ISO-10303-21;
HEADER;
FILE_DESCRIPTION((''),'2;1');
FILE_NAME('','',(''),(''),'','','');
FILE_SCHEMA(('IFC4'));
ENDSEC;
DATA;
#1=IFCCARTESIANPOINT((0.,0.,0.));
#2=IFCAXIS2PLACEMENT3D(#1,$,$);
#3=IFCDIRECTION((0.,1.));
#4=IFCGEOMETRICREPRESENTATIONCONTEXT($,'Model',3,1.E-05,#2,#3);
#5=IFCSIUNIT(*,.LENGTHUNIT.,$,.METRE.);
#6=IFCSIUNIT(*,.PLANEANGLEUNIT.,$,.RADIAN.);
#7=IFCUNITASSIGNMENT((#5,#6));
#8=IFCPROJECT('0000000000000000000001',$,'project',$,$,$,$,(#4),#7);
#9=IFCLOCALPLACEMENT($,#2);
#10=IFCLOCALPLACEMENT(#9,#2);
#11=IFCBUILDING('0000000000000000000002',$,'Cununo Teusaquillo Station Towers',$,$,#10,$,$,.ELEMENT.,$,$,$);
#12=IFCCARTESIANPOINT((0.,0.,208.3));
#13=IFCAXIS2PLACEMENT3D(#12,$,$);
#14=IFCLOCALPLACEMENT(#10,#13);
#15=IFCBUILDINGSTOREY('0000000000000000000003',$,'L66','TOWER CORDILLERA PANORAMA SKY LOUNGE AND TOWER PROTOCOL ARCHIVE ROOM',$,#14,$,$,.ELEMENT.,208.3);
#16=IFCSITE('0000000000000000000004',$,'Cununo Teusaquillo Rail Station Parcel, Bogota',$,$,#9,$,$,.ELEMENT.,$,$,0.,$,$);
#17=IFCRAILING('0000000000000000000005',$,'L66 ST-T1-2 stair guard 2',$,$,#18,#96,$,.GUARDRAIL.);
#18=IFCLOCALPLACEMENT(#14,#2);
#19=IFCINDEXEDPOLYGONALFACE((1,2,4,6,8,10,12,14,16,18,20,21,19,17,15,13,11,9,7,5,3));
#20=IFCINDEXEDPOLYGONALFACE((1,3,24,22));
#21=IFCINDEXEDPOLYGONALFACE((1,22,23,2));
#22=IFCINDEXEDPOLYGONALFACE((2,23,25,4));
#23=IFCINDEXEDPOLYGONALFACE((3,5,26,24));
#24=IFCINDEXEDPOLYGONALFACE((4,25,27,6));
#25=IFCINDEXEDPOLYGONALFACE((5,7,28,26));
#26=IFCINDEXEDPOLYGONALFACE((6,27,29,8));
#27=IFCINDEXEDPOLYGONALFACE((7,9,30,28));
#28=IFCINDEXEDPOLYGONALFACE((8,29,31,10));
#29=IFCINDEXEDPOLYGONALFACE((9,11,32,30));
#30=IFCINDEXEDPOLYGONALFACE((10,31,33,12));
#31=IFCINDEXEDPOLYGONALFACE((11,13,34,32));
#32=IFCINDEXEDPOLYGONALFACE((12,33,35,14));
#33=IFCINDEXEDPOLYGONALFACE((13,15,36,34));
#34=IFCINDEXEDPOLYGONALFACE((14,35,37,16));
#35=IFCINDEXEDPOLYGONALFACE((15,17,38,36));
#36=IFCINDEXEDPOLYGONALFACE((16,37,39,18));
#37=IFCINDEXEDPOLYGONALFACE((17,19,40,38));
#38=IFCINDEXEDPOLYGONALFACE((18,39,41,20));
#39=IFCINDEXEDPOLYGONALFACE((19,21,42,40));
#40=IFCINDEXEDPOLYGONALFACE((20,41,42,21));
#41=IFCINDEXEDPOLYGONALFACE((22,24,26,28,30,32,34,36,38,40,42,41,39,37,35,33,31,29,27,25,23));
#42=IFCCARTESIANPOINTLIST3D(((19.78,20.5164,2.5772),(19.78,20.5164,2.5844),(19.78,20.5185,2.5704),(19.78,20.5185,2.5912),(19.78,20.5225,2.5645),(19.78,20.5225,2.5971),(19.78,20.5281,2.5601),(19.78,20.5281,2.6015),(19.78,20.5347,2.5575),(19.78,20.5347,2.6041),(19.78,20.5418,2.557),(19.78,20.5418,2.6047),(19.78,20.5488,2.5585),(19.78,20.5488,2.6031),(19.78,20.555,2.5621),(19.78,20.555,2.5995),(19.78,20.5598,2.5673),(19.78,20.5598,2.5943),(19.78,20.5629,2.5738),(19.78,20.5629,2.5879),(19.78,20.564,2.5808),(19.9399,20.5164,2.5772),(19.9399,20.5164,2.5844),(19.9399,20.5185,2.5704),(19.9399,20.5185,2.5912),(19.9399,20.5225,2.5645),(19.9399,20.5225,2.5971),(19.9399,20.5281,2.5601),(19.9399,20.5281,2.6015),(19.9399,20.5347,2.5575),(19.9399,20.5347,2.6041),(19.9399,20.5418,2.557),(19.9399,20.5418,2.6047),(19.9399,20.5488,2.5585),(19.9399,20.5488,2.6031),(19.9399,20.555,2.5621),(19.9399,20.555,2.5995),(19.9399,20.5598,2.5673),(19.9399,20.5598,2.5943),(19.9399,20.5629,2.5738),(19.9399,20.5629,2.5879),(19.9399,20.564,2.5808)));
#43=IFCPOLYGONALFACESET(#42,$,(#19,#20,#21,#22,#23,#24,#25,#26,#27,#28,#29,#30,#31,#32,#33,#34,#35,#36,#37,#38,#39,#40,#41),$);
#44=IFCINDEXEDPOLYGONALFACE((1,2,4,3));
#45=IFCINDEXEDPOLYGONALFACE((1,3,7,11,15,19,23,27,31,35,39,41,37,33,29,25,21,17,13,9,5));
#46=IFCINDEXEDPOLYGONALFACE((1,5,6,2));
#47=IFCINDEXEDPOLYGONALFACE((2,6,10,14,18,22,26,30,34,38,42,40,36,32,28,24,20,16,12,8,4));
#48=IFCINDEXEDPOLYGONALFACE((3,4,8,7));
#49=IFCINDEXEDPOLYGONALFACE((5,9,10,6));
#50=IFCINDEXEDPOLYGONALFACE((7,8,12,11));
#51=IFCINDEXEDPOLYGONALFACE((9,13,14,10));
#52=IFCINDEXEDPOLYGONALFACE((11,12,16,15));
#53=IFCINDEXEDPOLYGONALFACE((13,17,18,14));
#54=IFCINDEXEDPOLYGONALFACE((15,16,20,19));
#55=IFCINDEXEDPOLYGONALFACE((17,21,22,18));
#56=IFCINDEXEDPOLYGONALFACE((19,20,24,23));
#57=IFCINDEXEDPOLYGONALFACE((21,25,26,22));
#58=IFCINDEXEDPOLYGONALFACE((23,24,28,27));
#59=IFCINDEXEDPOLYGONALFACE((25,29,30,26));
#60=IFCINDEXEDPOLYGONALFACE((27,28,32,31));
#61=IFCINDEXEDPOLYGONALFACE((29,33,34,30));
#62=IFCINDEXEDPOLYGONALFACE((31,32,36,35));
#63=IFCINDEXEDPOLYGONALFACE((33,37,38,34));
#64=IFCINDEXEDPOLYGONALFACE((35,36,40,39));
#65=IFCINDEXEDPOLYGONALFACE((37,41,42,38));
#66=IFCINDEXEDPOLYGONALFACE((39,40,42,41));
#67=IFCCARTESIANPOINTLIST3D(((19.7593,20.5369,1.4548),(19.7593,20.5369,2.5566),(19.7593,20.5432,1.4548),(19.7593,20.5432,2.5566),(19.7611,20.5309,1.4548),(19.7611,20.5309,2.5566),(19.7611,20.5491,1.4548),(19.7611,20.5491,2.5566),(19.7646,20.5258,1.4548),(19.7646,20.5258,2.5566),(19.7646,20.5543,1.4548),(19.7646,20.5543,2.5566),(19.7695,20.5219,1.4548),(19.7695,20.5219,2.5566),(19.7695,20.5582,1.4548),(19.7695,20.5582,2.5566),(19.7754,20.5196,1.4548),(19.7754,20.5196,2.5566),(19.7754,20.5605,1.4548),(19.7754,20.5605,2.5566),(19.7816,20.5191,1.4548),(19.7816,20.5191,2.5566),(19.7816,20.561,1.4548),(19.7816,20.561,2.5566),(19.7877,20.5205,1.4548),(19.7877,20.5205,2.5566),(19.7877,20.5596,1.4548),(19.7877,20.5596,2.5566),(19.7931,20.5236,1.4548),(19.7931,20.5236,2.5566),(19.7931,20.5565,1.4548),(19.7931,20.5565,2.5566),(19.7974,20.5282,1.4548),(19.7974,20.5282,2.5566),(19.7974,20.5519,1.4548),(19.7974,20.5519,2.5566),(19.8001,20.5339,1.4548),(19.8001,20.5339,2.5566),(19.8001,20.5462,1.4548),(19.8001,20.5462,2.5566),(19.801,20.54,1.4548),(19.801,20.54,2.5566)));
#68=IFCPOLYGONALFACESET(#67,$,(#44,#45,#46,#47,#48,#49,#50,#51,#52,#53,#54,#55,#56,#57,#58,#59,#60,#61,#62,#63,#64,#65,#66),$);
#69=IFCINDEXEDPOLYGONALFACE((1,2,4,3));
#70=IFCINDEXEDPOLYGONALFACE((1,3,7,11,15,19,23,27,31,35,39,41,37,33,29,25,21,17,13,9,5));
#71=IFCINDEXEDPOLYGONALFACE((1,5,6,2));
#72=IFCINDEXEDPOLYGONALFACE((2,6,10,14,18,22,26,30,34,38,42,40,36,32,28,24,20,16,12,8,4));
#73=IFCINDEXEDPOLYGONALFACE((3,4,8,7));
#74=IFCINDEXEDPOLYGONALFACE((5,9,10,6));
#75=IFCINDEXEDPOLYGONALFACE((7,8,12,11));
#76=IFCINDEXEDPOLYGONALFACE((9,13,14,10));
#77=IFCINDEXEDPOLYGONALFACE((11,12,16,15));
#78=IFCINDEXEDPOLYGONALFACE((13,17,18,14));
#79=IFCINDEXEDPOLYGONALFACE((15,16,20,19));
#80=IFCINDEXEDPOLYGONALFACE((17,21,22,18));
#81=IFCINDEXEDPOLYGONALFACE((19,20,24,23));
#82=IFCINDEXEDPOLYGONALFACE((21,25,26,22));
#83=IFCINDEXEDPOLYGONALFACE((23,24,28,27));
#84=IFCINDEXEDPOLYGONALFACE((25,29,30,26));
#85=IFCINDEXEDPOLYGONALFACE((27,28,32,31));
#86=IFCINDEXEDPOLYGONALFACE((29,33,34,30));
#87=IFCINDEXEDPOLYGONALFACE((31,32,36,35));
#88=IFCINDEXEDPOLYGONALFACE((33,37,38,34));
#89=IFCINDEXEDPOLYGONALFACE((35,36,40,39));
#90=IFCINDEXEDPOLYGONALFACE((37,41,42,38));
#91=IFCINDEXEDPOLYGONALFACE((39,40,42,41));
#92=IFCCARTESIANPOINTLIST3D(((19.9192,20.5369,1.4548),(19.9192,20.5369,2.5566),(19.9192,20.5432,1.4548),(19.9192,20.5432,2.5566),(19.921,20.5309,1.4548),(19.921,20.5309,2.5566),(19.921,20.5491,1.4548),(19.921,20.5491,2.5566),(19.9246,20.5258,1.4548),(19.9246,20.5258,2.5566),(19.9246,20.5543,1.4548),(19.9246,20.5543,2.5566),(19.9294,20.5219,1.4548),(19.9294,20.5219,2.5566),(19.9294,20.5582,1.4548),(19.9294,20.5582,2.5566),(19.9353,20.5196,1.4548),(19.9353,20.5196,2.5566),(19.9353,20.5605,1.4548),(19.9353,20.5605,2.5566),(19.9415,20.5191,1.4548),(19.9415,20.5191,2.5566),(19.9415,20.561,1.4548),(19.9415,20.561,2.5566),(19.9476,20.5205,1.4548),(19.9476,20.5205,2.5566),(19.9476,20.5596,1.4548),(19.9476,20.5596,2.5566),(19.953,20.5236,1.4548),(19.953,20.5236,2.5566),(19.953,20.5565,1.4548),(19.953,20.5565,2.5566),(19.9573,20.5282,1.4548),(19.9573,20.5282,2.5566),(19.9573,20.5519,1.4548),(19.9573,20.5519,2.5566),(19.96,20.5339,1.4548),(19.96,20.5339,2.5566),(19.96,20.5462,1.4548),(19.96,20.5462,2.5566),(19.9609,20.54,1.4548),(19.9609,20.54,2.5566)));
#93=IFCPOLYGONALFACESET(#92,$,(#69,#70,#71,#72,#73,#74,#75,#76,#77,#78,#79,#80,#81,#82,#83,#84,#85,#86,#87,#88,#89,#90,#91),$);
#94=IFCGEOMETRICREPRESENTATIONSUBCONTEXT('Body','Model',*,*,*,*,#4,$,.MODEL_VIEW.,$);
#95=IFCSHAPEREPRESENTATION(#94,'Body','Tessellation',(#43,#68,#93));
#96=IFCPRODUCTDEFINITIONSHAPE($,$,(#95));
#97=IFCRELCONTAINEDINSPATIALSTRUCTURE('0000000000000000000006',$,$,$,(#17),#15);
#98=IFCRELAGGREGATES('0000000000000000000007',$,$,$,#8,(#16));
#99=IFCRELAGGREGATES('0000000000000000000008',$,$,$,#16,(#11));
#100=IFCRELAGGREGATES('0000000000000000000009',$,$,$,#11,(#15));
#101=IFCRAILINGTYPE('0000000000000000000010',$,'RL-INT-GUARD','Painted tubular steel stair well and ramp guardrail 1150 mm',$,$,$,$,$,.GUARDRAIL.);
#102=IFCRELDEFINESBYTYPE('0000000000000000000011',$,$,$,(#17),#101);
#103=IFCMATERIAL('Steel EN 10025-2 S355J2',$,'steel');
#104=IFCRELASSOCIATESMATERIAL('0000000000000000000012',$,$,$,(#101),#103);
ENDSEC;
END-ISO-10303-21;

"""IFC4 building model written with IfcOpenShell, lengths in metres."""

from ifc_helpers import new_model, si_unit, direction, frame, origin, origin_2d, place, context, subcontext, project, spatial, circle, extrude, material, type_object, element, save


model = new_model("IFC4")

# Units and contexts
model_context = context("Model", 3, precision=1e-05, world=origin(), true_north=direction((0.0, 1.0)))
body_context = subcontext(model_context, "Body", "Model", "MODEL_VIEW")
ifc_project = project(units=[si_unit("LENGTHUNIT", "METRE"), si_unit("PLANEANGLEUNIT", "RADIAN")], contexts=[model_context])

# Site, building, storey
site_placement = place(None, origin())
site = spatial("IfcSite", under=ifc_project, at=site_placement, Name="Cununo Teusaquillo Rail Station Parcel, Bogota", CompositionType="ELEMENT", RefElevation=0.0)
building_placement = place(site_placement, origin())
building = spatial("IfcBuilding", under=site, at=building_placement, Name="Cununo Teusaquillo Station Towers", CompositionType="ELEMENT")
storey_placement = place(building_placement, frame((0.0, 0.0, 208.3)))
storey = spatial("IfcBuildingStorey", under=building, at=storey_placement, Name="L66", Description="TOWER CORDILLERA PANORAMA SKY LOUNGE AND TOWER PROTOCOL ARCHIVE ROOM", CompositionType="ELEMENT", Elevation=208.3)

# Railing
ifc_material_1 = material(Name="Steel EN 10025-2 S355J2", Category="steel")
railing_type_1 = type_object("IfcRailingType", Name="RL-INT-GUARD", Description="Painted tubular steel stair well and ramp guardrail 1150 mm", PredefinedType="GUARDRAIL", material=ifc_material_1)
railing_1_placement = place(storey_placement, frame((19.78, 20.54, 1.4548)))
element("IfcRailing", 1, at=railing_1_placement, inside=storey, type_object=railing_type_1, Name="L66 ST-T1-2 stair guard 2", PredefinedType="GUARDRAIL", context=body_context, shape_type="SweptSolid", body=[
    extrude(circle(Radius=0.0239, at=origin_2d()), frame((0.0, 0.0, 1.126), z_axis=(1.0, 0.0, 0.0), x_axis=(0.0, 1.0, 0.0)), (0.0, 0.0, 1.0), 0.1599),
    extrude(circle(Radius=0.021, at=origin_2d()), origin(), (0.0, 0.0, 1.0), 1.1018),
    extrude(circle(Radius=0.021, at=origin_2d()), frame((0.1599, 0.0, 0.0)), (0.0, 0.0, 1.0), 1.1018),
])

save(model, "model.ifc")
